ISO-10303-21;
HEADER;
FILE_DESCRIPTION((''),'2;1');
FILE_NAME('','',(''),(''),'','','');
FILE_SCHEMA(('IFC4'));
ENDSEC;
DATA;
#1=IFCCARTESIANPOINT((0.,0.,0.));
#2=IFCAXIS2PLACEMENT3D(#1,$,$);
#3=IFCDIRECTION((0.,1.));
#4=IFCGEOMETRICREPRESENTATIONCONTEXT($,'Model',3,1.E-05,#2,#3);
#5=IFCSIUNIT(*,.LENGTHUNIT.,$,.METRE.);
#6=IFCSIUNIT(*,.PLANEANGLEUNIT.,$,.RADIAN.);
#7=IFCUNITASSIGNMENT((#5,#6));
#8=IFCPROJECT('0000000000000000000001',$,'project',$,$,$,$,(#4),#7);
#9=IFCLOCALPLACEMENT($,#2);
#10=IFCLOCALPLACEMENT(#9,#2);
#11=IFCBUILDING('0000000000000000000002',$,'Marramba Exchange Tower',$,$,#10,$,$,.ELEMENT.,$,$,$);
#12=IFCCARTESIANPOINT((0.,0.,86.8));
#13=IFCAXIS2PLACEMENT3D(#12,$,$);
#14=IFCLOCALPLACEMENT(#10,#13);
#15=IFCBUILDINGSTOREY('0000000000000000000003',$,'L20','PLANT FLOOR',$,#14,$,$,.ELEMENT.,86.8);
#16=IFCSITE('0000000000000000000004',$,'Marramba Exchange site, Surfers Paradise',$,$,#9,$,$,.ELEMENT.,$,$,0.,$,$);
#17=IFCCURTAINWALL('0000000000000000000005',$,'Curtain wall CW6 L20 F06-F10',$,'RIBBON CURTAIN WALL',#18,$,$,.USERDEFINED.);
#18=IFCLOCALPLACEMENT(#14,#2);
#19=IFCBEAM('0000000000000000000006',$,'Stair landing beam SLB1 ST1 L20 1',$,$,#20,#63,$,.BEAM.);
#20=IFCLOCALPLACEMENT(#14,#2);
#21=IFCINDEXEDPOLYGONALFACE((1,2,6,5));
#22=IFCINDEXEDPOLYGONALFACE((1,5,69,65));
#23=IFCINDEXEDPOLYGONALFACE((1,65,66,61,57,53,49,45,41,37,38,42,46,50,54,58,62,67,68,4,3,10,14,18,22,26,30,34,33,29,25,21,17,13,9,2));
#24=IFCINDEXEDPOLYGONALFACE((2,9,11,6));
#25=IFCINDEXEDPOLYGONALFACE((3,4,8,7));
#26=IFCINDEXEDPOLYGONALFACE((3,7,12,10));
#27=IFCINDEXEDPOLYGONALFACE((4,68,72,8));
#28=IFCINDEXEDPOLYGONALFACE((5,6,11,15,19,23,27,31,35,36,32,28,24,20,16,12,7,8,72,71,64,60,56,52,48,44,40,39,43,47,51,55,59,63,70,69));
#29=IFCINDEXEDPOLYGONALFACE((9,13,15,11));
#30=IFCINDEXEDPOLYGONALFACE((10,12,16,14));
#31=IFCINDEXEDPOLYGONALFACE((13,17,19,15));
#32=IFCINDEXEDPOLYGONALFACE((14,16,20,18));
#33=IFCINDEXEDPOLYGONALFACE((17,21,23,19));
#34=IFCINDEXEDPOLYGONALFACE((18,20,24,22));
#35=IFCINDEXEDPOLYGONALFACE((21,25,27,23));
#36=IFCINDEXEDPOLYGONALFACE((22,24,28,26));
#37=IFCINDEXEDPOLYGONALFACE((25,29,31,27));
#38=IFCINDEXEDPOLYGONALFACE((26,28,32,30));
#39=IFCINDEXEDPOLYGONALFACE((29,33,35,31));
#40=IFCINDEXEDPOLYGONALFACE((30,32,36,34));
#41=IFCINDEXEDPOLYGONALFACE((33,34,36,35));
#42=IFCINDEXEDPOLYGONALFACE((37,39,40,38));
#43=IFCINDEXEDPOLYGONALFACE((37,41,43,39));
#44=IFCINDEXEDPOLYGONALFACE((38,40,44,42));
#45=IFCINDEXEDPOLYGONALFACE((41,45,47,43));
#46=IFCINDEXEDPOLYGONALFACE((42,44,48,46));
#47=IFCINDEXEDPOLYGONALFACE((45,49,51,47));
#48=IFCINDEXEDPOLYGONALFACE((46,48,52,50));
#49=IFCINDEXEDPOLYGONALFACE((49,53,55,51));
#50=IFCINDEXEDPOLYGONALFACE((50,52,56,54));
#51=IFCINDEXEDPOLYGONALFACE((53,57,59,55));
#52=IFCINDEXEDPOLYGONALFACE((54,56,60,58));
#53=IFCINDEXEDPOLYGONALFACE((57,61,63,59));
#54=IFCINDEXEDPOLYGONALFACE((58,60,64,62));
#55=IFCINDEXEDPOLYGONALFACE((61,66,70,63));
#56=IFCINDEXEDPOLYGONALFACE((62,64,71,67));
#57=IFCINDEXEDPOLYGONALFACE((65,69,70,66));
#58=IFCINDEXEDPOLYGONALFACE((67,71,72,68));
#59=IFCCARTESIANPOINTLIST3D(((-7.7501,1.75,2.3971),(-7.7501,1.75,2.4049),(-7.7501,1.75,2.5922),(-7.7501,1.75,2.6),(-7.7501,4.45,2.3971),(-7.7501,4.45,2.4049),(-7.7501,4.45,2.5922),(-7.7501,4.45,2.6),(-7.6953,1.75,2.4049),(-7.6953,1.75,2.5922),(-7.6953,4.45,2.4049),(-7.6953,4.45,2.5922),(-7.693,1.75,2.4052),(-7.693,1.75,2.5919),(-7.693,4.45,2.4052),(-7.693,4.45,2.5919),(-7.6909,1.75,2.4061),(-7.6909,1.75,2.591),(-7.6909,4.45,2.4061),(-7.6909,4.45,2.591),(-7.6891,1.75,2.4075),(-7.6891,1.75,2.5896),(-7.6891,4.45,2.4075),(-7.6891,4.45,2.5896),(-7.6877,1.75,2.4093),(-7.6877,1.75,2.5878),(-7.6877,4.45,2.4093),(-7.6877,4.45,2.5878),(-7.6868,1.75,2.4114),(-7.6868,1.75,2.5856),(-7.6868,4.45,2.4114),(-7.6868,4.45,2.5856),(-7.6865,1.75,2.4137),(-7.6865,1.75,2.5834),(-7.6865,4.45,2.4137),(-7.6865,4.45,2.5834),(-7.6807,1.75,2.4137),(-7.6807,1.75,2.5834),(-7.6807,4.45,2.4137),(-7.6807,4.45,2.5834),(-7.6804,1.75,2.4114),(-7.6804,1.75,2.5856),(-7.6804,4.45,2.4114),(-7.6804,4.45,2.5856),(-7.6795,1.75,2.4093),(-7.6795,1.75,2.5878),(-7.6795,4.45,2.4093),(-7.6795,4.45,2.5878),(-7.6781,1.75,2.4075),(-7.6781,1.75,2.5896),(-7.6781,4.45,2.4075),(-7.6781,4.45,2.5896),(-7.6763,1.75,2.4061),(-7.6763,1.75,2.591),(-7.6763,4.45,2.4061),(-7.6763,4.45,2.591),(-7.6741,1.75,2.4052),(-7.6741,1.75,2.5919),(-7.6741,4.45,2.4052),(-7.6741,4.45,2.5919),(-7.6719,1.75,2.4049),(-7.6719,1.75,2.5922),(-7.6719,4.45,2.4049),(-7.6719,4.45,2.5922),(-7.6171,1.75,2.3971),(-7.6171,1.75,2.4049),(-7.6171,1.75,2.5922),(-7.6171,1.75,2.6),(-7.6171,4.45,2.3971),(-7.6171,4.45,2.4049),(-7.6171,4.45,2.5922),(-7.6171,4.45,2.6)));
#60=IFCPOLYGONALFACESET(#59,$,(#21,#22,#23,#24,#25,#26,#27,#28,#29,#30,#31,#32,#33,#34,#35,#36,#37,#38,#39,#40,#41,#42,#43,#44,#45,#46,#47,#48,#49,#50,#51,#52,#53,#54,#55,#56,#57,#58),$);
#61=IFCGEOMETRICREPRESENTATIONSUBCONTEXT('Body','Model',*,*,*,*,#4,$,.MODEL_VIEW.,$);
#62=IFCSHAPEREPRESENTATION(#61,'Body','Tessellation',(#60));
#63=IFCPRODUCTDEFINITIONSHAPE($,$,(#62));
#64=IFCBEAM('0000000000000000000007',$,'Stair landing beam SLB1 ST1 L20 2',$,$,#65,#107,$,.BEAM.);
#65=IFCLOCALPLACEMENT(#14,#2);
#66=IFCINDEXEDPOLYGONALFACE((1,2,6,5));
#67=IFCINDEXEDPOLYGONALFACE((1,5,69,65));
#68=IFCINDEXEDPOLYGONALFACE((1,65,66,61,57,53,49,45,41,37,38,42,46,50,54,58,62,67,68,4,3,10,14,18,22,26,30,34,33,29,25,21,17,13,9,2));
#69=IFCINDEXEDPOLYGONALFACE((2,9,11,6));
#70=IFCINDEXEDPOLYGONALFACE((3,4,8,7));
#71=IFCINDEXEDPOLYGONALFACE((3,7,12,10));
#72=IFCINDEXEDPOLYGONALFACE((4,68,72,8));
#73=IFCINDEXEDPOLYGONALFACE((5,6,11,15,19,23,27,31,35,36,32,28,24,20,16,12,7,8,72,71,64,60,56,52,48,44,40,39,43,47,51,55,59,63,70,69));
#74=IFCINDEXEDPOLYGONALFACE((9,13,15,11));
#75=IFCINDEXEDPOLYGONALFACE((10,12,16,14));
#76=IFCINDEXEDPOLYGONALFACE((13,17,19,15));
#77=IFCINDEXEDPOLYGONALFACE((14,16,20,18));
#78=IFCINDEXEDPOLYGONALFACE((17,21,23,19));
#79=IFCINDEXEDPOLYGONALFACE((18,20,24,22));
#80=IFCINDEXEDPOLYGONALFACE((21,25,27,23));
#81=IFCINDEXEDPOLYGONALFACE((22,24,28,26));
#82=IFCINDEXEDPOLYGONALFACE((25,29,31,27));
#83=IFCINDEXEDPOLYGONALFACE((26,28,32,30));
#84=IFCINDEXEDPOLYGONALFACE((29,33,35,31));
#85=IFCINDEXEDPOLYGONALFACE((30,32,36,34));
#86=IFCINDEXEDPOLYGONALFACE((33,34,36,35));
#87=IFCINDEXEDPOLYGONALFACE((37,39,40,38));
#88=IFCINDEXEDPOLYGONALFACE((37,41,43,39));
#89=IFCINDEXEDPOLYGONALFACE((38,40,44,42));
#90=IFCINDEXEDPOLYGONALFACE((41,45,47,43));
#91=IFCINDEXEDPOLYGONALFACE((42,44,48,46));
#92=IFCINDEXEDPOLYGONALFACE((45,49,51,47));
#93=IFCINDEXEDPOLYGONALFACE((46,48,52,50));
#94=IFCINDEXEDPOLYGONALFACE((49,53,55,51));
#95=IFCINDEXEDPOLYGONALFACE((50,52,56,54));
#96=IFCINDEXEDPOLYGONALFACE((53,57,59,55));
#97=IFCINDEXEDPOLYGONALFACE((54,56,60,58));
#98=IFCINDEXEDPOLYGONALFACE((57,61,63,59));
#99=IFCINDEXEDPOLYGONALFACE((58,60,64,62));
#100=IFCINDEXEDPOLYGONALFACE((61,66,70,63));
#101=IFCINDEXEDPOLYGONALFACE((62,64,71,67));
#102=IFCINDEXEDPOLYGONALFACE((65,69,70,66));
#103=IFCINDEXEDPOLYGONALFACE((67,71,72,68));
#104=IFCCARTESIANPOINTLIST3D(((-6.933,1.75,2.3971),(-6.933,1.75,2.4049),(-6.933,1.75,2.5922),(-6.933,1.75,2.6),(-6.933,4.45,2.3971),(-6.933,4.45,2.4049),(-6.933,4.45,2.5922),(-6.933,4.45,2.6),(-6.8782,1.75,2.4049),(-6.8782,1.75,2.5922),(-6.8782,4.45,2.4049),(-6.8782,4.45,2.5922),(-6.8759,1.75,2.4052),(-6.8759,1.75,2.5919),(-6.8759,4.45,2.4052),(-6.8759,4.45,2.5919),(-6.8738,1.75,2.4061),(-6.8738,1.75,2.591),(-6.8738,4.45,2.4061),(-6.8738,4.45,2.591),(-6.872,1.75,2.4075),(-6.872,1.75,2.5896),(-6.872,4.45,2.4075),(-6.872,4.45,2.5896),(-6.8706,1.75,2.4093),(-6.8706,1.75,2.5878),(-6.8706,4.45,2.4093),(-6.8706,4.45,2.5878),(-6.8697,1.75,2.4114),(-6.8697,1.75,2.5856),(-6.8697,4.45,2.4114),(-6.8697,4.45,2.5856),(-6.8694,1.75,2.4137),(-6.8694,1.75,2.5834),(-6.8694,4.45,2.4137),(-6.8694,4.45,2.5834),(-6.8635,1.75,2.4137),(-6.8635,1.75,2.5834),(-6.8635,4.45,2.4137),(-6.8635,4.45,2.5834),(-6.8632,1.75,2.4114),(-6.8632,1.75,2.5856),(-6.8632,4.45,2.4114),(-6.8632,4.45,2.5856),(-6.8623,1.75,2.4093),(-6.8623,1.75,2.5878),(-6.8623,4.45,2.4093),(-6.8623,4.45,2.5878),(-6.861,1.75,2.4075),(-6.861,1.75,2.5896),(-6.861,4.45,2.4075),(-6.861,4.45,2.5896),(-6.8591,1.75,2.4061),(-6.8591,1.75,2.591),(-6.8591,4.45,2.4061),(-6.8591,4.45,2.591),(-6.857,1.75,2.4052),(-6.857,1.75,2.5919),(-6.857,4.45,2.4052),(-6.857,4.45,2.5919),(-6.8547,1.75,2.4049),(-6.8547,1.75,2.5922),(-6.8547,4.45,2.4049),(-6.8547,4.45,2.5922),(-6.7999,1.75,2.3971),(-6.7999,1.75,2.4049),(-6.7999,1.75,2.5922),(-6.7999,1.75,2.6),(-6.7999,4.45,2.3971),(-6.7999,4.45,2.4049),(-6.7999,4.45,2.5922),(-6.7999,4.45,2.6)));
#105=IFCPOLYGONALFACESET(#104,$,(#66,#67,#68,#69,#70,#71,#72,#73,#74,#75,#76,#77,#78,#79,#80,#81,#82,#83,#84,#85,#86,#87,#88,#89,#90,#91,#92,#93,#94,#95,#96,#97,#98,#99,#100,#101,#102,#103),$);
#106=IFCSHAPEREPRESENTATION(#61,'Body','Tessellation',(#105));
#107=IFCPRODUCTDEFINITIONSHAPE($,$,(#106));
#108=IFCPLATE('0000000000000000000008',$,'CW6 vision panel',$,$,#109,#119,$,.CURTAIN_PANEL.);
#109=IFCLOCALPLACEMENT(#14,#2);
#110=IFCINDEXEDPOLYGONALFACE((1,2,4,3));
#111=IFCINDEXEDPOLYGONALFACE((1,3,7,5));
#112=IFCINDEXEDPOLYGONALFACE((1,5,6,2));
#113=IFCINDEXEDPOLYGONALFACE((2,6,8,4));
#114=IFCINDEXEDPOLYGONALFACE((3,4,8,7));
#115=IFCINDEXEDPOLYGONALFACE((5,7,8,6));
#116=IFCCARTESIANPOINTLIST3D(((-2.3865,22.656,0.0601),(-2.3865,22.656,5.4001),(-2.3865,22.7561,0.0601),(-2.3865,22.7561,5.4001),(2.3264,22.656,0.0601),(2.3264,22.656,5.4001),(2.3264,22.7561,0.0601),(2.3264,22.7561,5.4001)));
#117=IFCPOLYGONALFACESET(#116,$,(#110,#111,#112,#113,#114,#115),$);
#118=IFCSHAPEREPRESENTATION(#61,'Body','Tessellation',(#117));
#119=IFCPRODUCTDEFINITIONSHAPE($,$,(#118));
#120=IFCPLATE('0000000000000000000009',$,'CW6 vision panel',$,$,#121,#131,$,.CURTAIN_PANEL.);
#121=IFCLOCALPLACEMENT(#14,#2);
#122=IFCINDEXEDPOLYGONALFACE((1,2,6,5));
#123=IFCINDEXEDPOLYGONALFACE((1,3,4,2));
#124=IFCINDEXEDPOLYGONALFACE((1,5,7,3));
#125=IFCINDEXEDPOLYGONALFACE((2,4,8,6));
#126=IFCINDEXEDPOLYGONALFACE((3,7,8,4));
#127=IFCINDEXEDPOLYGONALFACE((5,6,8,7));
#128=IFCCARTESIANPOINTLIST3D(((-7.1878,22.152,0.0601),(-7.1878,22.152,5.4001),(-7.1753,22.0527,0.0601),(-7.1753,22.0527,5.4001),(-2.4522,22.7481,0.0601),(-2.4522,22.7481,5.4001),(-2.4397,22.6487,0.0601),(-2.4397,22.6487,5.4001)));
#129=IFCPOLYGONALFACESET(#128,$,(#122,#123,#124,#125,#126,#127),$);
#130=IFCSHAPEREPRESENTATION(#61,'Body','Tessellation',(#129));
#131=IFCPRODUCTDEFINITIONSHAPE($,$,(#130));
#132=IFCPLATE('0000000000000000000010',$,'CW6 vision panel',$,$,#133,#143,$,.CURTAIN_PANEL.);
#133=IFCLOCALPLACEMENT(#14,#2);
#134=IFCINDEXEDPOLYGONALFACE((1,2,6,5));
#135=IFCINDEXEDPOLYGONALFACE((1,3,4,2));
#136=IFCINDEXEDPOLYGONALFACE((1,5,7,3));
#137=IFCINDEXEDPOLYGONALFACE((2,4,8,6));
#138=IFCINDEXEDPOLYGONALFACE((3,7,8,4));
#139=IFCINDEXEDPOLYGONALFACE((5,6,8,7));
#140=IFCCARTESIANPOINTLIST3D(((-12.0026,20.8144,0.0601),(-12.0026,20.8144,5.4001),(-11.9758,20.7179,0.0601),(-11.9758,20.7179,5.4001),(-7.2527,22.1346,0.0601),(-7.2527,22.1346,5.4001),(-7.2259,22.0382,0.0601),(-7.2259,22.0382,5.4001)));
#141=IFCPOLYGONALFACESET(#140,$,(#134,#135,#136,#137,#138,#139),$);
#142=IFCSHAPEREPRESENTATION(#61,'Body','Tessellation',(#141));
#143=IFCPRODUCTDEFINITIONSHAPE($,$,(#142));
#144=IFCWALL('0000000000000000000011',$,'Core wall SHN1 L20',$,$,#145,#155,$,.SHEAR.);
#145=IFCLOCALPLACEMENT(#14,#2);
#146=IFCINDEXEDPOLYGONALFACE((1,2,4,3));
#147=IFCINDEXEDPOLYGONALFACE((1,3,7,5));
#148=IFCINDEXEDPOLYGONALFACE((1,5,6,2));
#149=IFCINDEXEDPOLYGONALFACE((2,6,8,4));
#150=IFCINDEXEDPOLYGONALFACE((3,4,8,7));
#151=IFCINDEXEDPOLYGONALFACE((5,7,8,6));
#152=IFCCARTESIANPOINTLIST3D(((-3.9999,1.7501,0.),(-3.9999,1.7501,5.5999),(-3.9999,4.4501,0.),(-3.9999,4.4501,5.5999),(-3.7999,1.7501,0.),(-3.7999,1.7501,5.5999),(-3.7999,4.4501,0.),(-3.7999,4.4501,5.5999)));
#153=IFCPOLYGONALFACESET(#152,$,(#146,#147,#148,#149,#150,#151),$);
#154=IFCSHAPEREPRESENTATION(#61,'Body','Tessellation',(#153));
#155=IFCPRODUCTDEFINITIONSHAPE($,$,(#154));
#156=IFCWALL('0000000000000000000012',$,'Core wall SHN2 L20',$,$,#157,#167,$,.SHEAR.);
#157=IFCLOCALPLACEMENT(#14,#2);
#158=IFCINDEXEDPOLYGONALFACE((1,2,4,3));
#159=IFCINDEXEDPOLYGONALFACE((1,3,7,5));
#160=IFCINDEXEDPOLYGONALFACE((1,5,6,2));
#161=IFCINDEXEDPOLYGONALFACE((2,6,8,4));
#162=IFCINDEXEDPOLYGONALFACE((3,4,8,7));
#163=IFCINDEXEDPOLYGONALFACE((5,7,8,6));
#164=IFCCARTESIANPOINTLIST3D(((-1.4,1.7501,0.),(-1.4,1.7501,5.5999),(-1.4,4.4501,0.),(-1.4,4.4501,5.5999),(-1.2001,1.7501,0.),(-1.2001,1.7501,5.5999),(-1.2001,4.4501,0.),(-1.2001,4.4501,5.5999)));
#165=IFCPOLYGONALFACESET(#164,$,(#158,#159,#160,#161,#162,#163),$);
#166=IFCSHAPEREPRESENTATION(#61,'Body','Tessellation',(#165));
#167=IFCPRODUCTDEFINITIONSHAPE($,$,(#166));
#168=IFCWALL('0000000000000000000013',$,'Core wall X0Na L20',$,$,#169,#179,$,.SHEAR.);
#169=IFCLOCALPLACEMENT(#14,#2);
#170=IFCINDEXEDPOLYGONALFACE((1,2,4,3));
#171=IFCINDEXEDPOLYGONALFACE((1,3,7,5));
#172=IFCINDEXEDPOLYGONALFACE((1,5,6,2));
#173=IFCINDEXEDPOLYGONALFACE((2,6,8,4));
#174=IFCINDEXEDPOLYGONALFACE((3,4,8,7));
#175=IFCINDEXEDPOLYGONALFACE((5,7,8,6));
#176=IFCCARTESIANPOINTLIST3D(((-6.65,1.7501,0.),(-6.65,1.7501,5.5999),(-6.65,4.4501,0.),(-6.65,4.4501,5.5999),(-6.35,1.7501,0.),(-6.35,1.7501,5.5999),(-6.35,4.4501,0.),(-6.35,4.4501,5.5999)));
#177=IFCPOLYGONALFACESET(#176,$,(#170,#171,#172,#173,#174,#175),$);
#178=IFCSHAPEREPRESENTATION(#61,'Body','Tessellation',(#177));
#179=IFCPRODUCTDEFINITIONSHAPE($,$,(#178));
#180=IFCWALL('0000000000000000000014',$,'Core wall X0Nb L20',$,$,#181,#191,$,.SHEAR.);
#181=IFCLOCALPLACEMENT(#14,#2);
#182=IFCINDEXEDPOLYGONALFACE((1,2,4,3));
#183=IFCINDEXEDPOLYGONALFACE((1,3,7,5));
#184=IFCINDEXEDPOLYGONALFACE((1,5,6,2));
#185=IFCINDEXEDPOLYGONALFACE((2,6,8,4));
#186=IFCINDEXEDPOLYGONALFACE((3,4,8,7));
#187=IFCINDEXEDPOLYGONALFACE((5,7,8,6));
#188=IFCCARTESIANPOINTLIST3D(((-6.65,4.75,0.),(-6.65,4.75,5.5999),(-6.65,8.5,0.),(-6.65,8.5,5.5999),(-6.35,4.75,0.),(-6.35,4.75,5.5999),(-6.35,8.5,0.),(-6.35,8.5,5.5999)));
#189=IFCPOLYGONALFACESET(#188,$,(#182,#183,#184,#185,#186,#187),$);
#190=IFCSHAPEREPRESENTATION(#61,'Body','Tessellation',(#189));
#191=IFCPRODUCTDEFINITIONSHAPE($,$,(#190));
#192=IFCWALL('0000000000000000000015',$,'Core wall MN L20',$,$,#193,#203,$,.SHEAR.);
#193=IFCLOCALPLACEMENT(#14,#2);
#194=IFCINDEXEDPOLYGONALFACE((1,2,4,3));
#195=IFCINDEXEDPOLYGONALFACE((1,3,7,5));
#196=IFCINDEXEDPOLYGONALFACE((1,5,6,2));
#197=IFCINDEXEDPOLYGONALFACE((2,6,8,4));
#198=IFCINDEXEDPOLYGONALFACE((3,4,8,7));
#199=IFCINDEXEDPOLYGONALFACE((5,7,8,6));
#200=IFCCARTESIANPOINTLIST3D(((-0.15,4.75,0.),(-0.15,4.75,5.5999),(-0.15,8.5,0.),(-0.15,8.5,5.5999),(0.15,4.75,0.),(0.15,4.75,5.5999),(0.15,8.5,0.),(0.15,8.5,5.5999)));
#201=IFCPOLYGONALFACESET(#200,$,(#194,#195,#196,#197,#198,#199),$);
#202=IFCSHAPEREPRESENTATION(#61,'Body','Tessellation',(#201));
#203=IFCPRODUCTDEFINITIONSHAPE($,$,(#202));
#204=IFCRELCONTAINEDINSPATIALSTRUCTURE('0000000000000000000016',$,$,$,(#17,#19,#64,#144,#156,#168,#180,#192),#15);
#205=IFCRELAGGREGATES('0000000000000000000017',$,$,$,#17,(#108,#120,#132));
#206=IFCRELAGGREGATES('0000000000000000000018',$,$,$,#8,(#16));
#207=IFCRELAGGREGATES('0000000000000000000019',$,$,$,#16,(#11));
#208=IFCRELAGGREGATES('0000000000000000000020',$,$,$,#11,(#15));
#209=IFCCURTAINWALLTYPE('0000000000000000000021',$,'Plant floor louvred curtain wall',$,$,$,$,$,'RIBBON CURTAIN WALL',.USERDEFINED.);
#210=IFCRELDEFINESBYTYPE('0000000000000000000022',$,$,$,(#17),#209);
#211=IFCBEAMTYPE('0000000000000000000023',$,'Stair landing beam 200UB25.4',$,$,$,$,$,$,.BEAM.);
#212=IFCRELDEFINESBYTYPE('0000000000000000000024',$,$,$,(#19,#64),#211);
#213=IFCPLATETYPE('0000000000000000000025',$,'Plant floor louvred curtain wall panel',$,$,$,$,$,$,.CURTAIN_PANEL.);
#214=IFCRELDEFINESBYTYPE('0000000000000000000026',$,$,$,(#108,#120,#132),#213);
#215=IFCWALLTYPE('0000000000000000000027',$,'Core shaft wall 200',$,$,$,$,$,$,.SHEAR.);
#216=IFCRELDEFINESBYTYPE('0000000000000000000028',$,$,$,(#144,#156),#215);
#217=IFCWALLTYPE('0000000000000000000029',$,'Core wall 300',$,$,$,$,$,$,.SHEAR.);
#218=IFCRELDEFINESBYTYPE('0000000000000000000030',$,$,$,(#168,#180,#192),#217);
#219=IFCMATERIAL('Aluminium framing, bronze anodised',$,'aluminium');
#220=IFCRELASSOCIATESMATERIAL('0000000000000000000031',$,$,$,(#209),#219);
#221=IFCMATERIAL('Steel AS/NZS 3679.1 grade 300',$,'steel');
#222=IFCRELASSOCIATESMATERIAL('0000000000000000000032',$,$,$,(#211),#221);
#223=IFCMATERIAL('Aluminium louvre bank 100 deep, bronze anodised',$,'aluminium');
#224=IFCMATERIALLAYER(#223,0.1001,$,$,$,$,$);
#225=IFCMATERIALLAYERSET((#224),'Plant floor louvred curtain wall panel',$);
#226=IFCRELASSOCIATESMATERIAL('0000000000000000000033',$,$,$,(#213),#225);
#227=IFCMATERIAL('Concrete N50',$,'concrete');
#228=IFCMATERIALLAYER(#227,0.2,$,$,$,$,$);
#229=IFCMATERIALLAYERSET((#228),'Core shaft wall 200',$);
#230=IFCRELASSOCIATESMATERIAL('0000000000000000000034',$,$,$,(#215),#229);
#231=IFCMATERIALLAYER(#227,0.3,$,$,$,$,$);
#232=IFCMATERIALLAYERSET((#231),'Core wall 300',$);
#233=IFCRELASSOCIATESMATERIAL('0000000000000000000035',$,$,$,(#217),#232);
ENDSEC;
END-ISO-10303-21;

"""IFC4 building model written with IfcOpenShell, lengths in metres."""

from ifc_helpers import new_model, si_unit, direction, frame, frame_2d, origin, origin_2d, place, context, subcontext, project, spatial, rectangle, i_section, extrude, material, layer, layer_set, material_profile, profile_set, type_object, element, aggregate, save


model = new_model("IFC4")

# Units and contexts
model_context = context("Model", 3, precision=1e-05, world=origin(), true_north=direction((0.0, 1.0)))
body_context = subcontext(model_context, "Body", "Model", "MODEL_VIEW")
ifc_project = project(units=[si_unit("LENGTHUNIT", "METRE"), si_unit("PLANEANGLEUNIT", "RADIAN")], contexts=[model_context])

# Site, building, storey
site_placement = place(None, origin())
site = spatial("IfcSite", under=ifc_project, at=site_placement, Name="Marramba Exchange site, Surfers Paradise", CompositionType="ELEMENT", RefElevation=0.0)
building_placement = place(site_placement, origin())
building = spatial("IfcBuilding", under=site, at=building_placement, Name="Marramba Exchange Tower", CompositionType="ELEMENT")
storey_placement = place(building_placement, frame((0.0, 0.0, 86.8)))
storey = spatial("IfcBuildingStorey", under=building, at=storey_placement, Name="L20", Description="PLANT FLOOR", CompositionType="ELEMENT", Elevation=86.8)

# Shared definitions
ifc_material_1 = material(Name="Concrete N50", Category="concrete")

# Shared definitions
ifc_material_2 = material(Name="Steel AS/NZS 3679.1 grade 300", Category="steel")

# Curtain wall
ifc_material_3 = material(Name="Aluminium framing, bronze anodised", Category="aluminium")
curtain_wall_type = type_object("IfcCurtainWallType", Name="Plant floor louvred curtain wall", ElementType="RIBBON CURTAIN WALL", PredefinedType="USERDEFINED", material=ifc_material_3)
curtain_wall_placement = place(storey_placement, origin())
curtain_wall = element("IfcCurtainWall", 1, at=curtain_wall_placement, inside=storey, type_object=curtain_wall_type, Name="Curtain wall CW6 L20 F06-F10", ObjectType="RIBBON CURTAIN WALL", PredefinedType="USERDEFINED")

# Beams
ifc_material_profile_1 = material_profile(ifc_material_2, i_section(OverallWidth=0.1331, OverallDepth=0.2029, WebThickness=0.0059, FlangeThickness=0.0078, FilletRadius=0.0088, at=origin_2d()), Name="200UB25.4")
ifc_profile_set_1 = profile_set([ifc_material_profile_1], Name="Steel AS/NZS 3679.1 grade 300")
beam_type_1 = type_object("IfcBeamType", Name="Stair landing beam 200UB25.4", PredefinedType="BEAM", material=ifc_profile_set_1)
for number, where, z_axis, x_axis, name in (
    (2, (-7.6836, 1.75, 2.4985), (0.0, 1.0, 0.0), (-1.0, 0.0, 0.0), "Stair landing beam SLB1 ST1 L20 1"),
    (3, (-6.8665, 1.75, 2.4985), (0.0, 1.0, 0.0), (-1.0, 0.0, 0.0), "Stair landing beam SLB1 ST1 L20 2"),
):
    element("IfcBeam", number, at=place(storey_placement, frame(where, z_axis=z_axis, x_axis=x_axis)), inside=storey, type_object=beam_type_1, Name=name, PredefinedType="BEAM", context=body_context, shape_type="SweptSolid", body=[
        extrude(i_section(OverallWidth=0.1331, OverallDepth=0.2029, WebThickness=0.0059, FlangeThickness=0.0078, FilletRadius=0.0088, at=origin_2d()), origin(), (0.0, 0.0, 1.0), 2.7),
    ])

# Plates
ifc_material_4 = material(Name="Aluminium louvre bank 100 deep, bronze anodised", Category="aluminium")
ifc_layer_1 = layer(ifc_material_4, 0.1001)
ifc_layer_set_1 = layer_set([ifc_layer_1], Name="Plant floor louvred curtain wall panel")
plate_type = type_object("IfcPlateType", Name="Plant floor louvred curtain wall panel", PredefinedType="CURTAIN_PANEL", material=ifc_layer_set_1)
plate_1_placement = place(storey_placement, frame((-0.03, 22.7061, 0.0601), z_axis=(0.0, 0.0, 1.0), x_axis=(-1.0, 0.0, 0.0)))
plate_1 = element("IfcPlate", 4, at=plate_1_placement, type_object=plate_type, Name="CW6 vision panel", PredefinedType="CURTAIN_PANEL", context=body_context, shape_type="SweptSolid", body=[
    extrude(rectangle(XDim=4.7129, YDim=0.1001, at=origin_2d()), origin(), (0.0, 0.0, 1.0), 5.3401),
])
plate_2_placement = place(storey_placement, frame((-4.8137, 22.4004, 0.0601), z_axis=(0.0, 0.0, 1.0), x_axis=(-0.992173, -0.124873, 0.0)))
plate_2 = element("IfcPlate", 5, at=plate_2_placement, type_object=plate_type, Name="CW6 vision panel", PredefinedType="CURTAIN_PANEL", context=body_context, shape_type="SweptSolid", body=[
    extrude(rectangle(XDim=4.7729, YDim=0.1001, at=origin_2d()), origin(), (0.0, 0.0, 1.0), 5.3401),
])
plate_3_placement = place(storey_placement, frame((-9.6143, 21.4263, 0.0601), z_axis=(0.0, 0.0, 1.0), x_axis=(-0.963472, -0.267809, 0.0)))
plate_3 = element("IfcPlate", 6, at=plate_3_placement, type_object=plate_type, Name="CW6 vision panel", PredefinedType="CURTAIN_PANEL", context=body_context, shape_type="SweptSolid", body=[
    extrude(rectangle(XDim=4.9299, YDim=0.1001, at=origin_2d()), origin(), (0.0, 0.0, 1.0), 5.3401),
])
aggregate(curtain_wall, [plate_1, plate_2, plate_3])

# Walls
ifc_layer_2 = layer(ifc_material_1, 0.2)
ifc_layer_set_2 = layer_set([ifc_layer_2], Name="Core shaft wall 200")
wall_type_1 = type_object("IfcWallType", Name="Core shaft wall 200", PredefinedType="SHEAR", material=ifc_layer_set_2)
for number, where, z_axis, x_axis, name in (
    (7, (-3.8999, 1.75, 0.0), (0.0, 0.0, 1.0), (0.0, 1.0, 0.0), "Core wall SHN1 L20"),
    (8, (-1.3, 1.75, 0.0), (0.0, 0.0, 1.0), (0.0, 1.0, 0.0), "Core wall SHN2 L20"),
):
    element("IfcWall", number, at=place(storey_placement, frame(where, z_axis=z_axis, x_axis=x_axis)), inside=storey, type_object=wall_type_1, Name=name, PredefinedType="SHEAR", context=body_context, shape_type="SweptSolid", body=[
        extrude(rectangle(XDim=2.7, YDim=0.2, at=frame_2d((1.3501, 0.0))), origin(), (0.0, 0.0, 1.0), 5.5999),
    ])
ifc_layer_3 = layer(ifc_material_1, 0.3)
ifc_layer_set_3 = layer_set([ifc_layer_3], Name="Core wall 300")
wall_type_2 = type_object("IfcWallType", Name="Core wall 300", PredefinedType="SHEAR", material=ifc_layer_set_3)
wall_1_placement = place(storey_placement, frame((-6.5, 1.75, 0.0), z_axis=(0.0, 0.0, 1.0), x_axis=(0.0, 1.0, 0.0)))
element("IfcWall", 9, at=wall_1_placement, inside=storey, type_object=wall_type_2, Name="Core wall X0Na L20", PredefinedType="SHEAR", context=body_context, shape_type="SweptSolid", body=[
    extrude(rectangle(XDim=2.7, YDim=0.3, at=frame_2d((1.3501, 0.0))), origin(), (0.0, 0.0, 1.0), 5.5999),
])
for number, where, z_axis, x_axis, name in (
    (10, (-6.5, 4.75, 0.0), (0.0, 0.0, 1.0), (0.0, 1.0, 0.0), "Core wall X0Nb L20"),
    (11, (0.0, 4.75, 0.0), (0.0, 0.0, 1.0), (0.0, 1.0, 0.0), "Core wall MN L20"),
):
    element("IfcWall", number, at=place(storey_placement, frame(where, z_axis=z_axis, x_axis=x_axis)), inside=storey, type_object=wall_type_2, Name=name, PredefinedType="SHEAR", context=body_context, shape_type="SweptSolid", body=[
        extrude(rectangle(XDim=3.75, YDim=0.3, at=frame_2d((1.875, 0.0))), origin(), (0.0, 0.0, 1.0), 5.5999),
    ])

save(model, "model.ifc")
